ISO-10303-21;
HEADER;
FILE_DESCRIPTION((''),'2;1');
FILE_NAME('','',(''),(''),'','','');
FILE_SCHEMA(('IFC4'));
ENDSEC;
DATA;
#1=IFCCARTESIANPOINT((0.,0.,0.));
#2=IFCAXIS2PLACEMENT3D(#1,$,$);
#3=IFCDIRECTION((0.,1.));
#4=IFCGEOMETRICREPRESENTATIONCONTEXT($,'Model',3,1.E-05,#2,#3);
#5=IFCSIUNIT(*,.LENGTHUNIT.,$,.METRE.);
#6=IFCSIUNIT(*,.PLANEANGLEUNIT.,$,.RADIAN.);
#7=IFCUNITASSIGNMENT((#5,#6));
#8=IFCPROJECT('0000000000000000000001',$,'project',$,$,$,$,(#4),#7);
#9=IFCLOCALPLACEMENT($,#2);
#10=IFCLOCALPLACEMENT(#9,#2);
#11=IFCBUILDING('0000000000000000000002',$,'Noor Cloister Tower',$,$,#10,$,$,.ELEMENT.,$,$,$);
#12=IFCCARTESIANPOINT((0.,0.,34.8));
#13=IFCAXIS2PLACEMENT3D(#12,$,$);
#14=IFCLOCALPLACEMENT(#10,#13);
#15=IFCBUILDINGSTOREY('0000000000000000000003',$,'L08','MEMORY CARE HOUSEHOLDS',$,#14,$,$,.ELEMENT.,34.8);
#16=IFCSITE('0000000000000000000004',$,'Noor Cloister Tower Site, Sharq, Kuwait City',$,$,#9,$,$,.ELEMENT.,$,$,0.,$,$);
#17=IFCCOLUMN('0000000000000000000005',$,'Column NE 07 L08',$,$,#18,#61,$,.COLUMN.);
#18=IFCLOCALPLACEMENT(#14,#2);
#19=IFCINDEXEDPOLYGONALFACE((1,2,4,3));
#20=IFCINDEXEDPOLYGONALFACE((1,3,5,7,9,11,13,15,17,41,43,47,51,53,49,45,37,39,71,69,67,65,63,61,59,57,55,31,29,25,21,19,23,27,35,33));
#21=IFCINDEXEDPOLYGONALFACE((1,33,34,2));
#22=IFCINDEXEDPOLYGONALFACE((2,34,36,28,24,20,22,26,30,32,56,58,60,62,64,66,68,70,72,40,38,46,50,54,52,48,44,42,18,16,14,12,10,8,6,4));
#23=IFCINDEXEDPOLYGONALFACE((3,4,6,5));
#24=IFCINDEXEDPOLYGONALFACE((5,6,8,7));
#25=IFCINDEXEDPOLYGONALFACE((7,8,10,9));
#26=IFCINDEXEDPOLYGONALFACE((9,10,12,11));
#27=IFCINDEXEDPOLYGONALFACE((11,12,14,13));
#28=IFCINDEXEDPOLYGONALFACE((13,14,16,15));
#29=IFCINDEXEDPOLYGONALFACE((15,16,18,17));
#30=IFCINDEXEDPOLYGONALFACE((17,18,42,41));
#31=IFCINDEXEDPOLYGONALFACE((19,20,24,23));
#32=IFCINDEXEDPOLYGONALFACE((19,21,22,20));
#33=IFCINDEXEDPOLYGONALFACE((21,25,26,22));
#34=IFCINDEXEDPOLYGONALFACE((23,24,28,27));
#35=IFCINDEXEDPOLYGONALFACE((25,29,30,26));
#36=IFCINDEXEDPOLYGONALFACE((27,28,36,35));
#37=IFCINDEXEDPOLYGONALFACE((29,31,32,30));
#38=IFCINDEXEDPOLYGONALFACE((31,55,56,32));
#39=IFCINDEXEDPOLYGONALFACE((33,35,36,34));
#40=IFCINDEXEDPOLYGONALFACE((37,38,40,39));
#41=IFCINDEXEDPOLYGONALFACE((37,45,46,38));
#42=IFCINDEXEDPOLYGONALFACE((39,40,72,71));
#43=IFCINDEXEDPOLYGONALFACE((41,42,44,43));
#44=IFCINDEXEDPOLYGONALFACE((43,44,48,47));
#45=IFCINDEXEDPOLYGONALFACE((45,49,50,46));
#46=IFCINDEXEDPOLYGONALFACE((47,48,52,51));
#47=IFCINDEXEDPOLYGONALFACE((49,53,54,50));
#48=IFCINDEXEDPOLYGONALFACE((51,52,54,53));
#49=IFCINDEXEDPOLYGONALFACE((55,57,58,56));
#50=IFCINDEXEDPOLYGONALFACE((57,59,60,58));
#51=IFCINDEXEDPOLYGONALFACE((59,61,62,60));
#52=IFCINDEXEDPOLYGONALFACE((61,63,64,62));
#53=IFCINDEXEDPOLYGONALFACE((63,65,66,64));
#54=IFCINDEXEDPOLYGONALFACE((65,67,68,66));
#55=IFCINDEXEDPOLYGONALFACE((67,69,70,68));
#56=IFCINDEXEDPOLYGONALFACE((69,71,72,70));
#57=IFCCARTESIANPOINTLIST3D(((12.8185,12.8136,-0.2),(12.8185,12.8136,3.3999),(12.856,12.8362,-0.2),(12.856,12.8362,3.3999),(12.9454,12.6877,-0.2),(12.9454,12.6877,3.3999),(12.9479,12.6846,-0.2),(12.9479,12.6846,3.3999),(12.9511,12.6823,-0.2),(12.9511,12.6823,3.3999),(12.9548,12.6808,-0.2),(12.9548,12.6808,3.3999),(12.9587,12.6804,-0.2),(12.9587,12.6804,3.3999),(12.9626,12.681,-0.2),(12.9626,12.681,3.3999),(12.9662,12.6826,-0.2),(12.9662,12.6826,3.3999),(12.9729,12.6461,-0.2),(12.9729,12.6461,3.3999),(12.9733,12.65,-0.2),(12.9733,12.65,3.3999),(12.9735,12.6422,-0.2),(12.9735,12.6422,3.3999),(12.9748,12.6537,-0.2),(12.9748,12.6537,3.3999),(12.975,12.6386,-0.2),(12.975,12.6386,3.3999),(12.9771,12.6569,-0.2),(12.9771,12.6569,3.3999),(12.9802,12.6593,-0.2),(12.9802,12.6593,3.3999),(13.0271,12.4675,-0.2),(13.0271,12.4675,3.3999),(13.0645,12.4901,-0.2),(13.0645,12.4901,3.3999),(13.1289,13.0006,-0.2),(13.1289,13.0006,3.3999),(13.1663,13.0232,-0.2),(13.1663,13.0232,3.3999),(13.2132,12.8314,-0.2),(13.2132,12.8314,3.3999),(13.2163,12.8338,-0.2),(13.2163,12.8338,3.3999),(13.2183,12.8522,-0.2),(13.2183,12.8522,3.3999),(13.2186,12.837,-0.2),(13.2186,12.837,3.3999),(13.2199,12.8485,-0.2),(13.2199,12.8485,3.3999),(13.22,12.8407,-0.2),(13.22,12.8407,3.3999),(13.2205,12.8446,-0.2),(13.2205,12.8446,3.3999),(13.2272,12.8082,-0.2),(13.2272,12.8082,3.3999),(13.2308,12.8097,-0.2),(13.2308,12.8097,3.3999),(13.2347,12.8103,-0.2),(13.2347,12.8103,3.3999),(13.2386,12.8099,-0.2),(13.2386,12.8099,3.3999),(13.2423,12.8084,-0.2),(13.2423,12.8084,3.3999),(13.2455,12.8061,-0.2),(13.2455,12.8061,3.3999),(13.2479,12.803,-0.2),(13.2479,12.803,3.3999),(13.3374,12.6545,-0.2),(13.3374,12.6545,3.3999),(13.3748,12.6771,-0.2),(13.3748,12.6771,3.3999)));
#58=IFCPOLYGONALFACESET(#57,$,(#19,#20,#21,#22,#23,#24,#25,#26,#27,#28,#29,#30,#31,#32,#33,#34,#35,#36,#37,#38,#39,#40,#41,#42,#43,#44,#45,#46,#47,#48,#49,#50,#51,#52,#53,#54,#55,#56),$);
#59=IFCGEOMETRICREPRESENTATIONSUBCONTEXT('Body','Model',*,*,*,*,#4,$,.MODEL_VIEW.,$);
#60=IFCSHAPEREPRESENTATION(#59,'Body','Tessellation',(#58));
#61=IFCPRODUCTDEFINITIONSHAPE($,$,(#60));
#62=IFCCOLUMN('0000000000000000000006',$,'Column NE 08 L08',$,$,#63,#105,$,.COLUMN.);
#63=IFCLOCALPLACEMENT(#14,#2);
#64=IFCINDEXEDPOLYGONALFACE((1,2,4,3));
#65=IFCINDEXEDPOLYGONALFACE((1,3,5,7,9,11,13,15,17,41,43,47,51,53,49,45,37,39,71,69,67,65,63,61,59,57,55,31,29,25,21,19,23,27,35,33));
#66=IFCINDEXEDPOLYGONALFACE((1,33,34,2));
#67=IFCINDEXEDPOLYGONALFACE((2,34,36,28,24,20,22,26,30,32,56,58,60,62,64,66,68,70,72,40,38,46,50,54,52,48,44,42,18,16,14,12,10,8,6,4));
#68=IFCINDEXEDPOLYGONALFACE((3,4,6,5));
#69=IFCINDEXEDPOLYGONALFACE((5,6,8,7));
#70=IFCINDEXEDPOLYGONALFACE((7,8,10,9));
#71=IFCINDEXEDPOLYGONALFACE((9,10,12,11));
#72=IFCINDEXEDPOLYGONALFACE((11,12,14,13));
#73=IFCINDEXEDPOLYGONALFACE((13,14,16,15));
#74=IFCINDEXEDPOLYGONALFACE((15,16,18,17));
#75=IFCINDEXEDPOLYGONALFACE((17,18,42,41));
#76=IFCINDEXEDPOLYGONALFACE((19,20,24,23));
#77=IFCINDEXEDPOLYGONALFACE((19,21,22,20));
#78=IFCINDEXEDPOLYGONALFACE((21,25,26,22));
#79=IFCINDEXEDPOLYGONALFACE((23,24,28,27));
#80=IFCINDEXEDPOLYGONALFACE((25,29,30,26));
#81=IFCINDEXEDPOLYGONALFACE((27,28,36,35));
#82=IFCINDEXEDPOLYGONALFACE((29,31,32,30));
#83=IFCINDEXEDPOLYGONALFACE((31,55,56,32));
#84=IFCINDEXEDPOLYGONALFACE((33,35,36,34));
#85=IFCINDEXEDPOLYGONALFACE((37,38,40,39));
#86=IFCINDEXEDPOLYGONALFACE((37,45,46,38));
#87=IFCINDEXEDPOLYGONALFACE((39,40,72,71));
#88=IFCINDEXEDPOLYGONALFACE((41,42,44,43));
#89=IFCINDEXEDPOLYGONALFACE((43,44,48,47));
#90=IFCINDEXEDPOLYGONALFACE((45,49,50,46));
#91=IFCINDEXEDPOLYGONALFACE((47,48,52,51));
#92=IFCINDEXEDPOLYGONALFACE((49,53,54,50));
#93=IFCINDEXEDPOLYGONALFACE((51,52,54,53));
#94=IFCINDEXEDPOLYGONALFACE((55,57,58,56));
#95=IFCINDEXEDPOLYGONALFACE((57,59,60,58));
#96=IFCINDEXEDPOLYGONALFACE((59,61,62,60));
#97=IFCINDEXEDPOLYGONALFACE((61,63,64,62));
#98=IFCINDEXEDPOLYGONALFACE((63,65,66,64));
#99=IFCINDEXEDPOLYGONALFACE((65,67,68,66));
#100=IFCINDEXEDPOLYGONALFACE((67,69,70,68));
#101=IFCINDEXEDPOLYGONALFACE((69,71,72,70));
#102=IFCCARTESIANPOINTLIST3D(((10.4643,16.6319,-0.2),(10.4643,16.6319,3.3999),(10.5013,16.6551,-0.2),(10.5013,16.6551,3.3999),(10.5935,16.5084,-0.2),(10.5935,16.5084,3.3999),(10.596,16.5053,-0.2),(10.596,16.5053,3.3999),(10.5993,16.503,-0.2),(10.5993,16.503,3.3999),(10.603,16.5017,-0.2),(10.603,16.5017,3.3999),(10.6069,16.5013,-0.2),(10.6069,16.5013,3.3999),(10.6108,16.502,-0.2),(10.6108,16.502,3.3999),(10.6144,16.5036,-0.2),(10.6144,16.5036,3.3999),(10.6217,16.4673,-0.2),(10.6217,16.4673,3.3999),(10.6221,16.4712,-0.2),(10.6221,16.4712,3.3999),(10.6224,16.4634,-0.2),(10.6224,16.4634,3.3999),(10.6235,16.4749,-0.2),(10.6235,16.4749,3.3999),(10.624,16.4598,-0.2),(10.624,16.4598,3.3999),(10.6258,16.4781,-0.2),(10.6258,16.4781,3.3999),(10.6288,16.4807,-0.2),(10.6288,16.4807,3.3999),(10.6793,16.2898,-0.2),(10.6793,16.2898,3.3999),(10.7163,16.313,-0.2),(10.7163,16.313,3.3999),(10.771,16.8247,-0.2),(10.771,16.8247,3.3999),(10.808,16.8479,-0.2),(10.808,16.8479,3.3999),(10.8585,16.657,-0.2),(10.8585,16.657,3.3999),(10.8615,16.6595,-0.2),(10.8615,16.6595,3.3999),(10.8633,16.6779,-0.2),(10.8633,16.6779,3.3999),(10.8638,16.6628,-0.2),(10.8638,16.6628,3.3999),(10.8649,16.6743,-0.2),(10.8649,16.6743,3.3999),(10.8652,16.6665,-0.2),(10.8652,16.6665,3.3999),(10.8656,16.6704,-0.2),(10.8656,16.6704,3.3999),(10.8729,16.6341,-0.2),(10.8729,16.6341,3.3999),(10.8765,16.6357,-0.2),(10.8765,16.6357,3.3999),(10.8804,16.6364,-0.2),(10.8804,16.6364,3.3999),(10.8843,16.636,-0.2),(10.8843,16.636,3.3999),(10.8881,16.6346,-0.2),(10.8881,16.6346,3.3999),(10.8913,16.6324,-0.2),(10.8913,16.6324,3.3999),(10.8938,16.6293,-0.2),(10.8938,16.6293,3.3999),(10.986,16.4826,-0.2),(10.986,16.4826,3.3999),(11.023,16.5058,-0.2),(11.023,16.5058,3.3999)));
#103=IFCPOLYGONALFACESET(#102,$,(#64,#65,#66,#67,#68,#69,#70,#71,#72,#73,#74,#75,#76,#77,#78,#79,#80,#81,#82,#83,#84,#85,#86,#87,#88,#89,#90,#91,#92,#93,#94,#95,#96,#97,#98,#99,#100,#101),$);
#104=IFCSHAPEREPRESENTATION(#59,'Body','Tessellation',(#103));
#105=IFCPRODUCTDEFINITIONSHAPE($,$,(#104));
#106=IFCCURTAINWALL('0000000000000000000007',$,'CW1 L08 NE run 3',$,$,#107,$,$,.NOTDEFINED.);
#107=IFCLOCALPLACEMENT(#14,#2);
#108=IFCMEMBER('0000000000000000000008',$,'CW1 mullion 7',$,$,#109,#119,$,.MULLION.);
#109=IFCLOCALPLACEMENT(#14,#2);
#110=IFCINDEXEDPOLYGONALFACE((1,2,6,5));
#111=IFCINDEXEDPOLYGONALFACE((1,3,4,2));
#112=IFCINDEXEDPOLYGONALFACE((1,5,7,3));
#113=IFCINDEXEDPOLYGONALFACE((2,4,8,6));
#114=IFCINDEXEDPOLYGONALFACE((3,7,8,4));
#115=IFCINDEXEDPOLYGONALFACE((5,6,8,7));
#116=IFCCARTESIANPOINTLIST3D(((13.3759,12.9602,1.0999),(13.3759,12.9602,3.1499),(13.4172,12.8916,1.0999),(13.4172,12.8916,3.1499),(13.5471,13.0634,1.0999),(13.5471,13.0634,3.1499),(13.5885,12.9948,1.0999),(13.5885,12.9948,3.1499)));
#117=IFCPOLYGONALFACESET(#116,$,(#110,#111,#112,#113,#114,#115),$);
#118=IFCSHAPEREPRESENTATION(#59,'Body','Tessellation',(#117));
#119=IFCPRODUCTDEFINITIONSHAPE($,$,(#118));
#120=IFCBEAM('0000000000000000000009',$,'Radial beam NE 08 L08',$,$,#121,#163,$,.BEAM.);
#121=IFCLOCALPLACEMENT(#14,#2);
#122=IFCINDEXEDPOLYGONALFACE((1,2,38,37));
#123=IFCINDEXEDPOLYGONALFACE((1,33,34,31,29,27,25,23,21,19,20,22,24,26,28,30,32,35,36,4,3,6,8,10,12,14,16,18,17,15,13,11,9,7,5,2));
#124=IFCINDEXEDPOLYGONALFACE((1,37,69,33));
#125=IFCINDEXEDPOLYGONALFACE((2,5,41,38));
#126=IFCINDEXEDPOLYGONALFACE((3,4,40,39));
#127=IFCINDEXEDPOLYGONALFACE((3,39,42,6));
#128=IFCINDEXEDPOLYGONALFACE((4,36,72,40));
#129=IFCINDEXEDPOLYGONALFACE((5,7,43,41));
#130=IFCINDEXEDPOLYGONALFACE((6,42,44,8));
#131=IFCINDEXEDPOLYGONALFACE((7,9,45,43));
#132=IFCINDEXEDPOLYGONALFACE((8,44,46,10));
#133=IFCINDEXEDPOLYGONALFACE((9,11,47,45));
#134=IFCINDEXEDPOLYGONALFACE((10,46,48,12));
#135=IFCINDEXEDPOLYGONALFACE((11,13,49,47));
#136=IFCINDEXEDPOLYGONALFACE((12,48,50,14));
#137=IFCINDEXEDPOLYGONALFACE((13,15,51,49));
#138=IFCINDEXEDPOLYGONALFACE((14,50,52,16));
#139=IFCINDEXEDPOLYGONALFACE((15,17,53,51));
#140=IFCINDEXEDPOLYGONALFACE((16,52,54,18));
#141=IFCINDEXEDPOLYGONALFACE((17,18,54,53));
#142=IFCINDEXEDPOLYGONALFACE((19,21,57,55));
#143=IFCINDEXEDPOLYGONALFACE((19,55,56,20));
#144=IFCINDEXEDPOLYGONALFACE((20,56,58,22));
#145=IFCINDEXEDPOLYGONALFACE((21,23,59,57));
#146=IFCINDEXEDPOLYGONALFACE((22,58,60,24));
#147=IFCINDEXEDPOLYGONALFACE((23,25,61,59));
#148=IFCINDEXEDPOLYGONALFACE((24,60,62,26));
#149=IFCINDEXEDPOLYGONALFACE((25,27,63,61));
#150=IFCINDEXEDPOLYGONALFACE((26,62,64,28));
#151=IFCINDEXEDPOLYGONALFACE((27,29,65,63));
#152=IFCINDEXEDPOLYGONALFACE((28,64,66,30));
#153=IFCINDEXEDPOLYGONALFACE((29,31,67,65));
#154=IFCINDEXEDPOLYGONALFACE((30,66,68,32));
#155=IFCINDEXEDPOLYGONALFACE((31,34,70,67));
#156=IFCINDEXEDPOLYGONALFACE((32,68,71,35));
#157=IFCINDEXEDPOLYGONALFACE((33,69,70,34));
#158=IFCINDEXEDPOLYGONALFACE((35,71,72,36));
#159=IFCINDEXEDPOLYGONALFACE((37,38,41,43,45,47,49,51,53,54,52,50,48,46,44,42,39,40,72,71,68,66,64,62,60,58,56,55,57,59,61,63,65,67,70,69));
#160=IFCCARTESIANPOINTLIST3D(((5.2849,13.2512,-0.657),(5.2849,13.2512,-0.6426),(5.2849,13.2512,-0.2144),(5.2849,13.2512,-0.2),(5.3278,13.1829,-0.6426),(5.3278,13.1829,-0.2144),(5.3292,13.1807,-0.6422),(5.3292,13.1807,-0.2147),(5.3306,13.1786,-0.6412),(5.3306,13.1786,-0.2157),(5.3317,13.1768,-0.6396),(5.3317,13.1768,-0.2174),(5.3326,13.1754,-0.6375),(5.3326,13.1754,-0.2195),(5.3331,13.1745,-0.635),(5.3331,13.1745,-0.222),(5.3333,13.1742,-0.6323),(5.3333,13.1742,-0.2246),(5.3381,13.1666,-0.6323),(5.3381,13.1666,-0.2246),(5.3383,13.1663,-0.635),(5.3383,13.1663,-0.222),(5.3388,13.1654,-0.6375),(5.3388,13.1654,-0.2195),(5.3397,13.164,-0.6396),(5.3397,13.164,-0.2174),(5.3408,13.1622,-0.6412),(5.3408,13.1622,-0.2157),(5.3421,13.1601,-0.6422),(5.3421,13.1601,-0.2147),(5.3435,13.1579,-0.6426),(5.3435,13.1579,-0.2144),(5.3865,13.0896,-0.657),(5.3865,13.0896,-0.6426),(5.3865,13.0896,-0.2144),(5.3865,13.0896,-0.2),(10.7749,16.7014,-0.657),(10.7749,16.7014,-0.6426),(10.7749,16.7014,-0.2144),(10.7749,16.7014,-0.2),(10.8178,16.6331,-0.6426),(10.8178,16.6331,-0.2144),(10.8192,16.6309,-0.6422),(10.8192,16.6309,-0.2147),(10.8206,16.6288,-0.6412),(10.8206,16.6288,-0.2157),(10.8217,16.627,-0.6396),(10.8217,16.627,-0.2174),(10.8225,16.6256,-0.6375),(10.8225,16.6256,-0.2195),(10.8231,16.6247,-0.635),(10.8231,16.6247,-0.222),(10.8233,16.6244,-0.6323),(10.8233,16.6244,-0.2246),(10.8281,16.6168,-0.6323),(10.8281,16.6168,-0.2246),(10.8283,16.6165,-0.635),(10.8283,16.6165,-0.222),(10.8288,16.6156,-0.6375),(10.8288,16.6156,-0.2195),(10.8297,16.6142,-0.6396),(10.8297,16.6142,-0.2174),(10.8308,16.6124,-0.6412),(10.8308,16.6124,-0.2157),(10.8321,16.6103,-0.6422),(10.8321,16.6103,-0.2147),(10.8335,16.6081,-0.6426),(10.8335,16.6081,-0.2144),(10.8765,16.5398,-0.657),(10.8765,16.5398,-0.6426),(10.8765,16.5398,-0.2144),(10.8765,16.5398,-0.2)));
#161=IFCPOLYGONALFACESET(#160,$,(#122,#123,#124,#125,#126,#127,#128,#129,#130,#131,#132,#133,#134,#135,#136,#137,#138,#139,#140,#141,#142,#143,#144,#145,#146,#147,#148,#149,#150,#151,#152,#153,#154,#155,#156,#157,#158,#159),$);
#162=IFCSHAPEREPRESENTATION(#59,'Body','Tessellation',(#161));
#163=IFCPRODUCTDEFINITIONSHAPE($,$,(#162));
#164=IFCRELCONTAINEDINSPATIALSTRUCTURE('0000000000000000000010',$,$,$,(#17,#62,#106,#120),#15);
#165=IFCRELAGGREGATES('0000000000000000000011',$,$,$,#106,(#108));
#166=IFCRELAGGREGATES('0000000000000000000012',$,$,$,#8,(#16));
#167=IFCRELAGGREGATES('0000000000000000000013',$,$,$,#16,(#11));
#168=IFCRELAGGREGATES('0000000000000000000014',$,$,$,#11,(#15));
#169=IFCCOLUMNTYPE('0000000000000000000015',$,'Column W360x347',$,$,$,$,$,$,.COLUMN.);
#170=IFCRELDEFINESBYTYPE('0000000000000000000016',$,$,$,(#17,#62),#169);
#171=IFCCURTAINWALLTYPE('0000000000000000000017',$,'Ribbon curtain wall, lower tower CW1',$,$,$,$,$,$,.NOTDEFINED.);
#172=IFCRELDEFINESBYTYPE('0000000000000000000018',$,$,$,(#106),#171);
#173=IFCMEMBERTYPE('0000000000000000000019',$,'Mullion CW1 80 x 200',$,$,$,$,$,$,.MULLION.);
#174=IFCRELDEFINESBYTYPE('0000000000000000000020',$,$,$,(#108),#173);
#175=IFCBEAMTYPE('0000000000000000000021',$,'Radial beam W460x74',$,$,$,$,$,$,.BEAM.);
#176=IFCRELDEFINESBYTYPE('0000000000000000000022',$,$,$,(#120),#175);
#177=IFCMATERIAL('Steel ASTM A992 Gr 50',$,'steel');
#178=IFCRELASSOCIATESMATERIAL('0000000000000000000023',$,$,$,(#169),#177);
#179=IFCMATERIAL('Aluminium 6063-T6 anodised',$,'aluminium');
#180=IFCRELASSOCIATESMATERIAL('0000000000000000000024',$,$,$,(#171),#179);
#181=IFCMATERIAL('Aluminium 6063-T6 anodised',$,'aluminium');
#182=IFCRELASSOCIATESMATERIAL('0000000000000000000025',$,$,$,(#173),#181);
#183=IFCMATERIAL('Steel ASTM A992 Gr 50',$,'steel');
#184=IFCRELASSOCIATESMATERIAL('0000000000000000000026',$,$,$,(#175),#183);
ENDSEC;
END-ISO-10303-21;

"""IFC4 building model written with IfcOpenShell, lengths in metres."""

from ifc_helpers import new_model, si_unit, direction, frame, origin, origin_2d, place, context, subcontext, project, spatial, rectangle, i_section, extrude, material, material_profile, profile_set, type_object, element, aggregate, save


model = new_model("IFC4")

# Units and contexts
model_context = context("Model", 3, precision=1e-05, world=origin(), true_north=direction((0.0, 1.0)))
body_context = subcontext(model_context, "Body", "Model", "MODEL_VIEW")
ifc_project = project(units=[si_unit("LENGTHUNIT", "METRE"), si_unit("PLANEANGLEUNIT", "RADIAN")], contexts=[model_context])

# Site, building, storey
site_placement = place(None, origin())
site = spatial("IfcSite", under=ifc_project, at=site_placement, Name="Noor Cloister Tower Site, Sharq, Kuwait City", CompositionType="ELEMENT", RefElevation=0.0)
building_placement = place(site_placement, origin())
building = spatial("IfcBuilding", under=site, at=building_placement, Name="Noor Cloister Tower", CompositionType="ELEMENT")
storey_placement = place(building_placement, frame((0.0, 0.0, 34.8)))
storey = spatial("IfcBuildingStorey", under=building, at=storey_placement, Name="L08", Description="MEMORY CARE HOUSEHOLDS", CompositionType="ELEMENT", Elevation=34.8)

# Columns
ifc_material_1 = material(Name="Steel ASTM A992 Gr 50", Category="steel")
ifc_material_profile_1 = material_profile(ifc_material_1, i_section(OverallWidth=0.4041, OverallDepth=0.406, WebThickness=0.0271, FlangeThickness=0.0437, FilletRadius=0.0151, at=origin_2d()), Name="W360x347")
ifc_profile_set_1 = profile_set([ifc_material_profile_1], Name="Steel ASTM A992 Gr 50")
column_type = type_object("IfcColumnType", Name="Column W360x347", PredefinedType="COLUMN", material=ifc_profile_set_1)
for number, where, z_axis, x_axis, name in (
    (1, (13.0967, 12.7454, -0.2), (0.0, 0.0, 1.0), (-0.51613, 0.85651, 0.0), "Column NE 07 L08"),
    (2, (10.7437, 16.5688, -0.2), (0.0, 0.0, 1.0), (-0.532079, 0.846695, 0.0), "Column NE 08 L08"),
):
    element("IfcColumn", number, at=place(storey_placement, frame(where, z_axis=z_axis, x_axis=x_axis)), inside=storey, type_object=column_type, Name=name, PredefinedType="COLUMN", context=body_context, shape_type="SweptSolid", body=[
        extrude(i_section(OverallWidth=0.4041, OverallDepth=0.406, WebThickness=0.0271, FlangeThickness=0.0437, FilletRadius=0.0151, at=origin_2d()), origin(), (0.0, 0.0, 1.0), 3.5999),
    ])

# Curtain wall, member
ifc_material_2 = material(Name="Aluminium 6063-T6 anodised", Category="aluminium")
curtain_wall_type = type_object("IfcCurtainWallType", Name="Ribbon curtain wall, lower tower CW1", PredefinedType="NOTDEFINED", material=ifc_material_2)
curtain_wall_placement = place(storey_placement, origin())
curtain_wall = element("IfcCurtainWall", 3, at=curtain_wall_placement, inside=storey, type_object=curtain_wall_type, Name="CW1 L08 NE run 3", PredefinedType="NOTDEFINED")
ifc_material_3 = material(Name="Aluminium 6063-T6 anodised", Category="aluminium")
ifc_material_profile_2 = material_profile(ifc_material_3, rectangle(XDim=0.2, YDim=0.0801, at=origin_2d()), Name="200 x 80 mullion")
ifc_profile_set_2 = profile_set([ifc_material_profile_2], Name="Aluminium 6063-T6 anodised")
member_type = type_object("IfcMemberType", Name="Mullion CW1 80 x 200", PredefinedType="MULLION", material=ifc_profile_set_2)
member_placement = place(storey_placement, frame((13.4822, 12.9775, 1.0999), z_axis=(0.0, 0.0, 1.0), x_axis=(-0.85651, -0.51613, 0.0)))
member = element("IfcMember", 4, at=member_placement, type_object=member_type, Name="CW1 mullion 7", PredefinedType="MULLION", context=body_context, shape_type="SweptSolid", body=[
    extrude(rectangle(XDim=0.2, YDim=0.0801, at=origin_2d()), origin(), (0.0, 0.0, 1.0), 2.05),
])

# Beam
ifc_material_4 = material(Name="Steel ASTM A992 Gr 50", Category="steel")
ifc_material_profile_3 = material_profile(ifc_material_4, i_section(OverallWidth=0.1909, OverallDepth=0.457, WebThickness=0.009, FlangeThickness=0.0144, FilletRadius=0.0103, at=origin_2d()), Name="W460x74")
ifc_profile_set_3 = profile_set([ifc_material_profile_3], Name="Steel ASTM A992 Gr 50")
beam_type_1 = type_object("IfcBeamType", Name="Radial beam W460x74", PredefinedType="BEAM", material=ifc_profile_set_3)
beam_1_placement = place(storey_placement, frame((10.8257, 16.6206, -0.4285), z_axis=(-0.846682, -0.532099, 0.0), x_axis=(0.532099, -0.846682, 0.0)))
element("IfcBeam", 5, at=beam_1_placement, inside=storey, type_object=beam_type_1, Name="Radial beam NE 08 L08", PredefinedType="BEAM", context=body_context, shape_type="SweptSolid", body=[
    extrude(i_section(OverallWidth=0.1909, OverallDepth=0.457, WebThickness=0.009, FlangeThickness=0.0144, FilletRadius=0.0103, at=origin_2d()), origin(), (0.0, 0.0, 1.0), 6.4841),
])

aggregate(curtain_wall, [member])

save(model, "model.ifc")
